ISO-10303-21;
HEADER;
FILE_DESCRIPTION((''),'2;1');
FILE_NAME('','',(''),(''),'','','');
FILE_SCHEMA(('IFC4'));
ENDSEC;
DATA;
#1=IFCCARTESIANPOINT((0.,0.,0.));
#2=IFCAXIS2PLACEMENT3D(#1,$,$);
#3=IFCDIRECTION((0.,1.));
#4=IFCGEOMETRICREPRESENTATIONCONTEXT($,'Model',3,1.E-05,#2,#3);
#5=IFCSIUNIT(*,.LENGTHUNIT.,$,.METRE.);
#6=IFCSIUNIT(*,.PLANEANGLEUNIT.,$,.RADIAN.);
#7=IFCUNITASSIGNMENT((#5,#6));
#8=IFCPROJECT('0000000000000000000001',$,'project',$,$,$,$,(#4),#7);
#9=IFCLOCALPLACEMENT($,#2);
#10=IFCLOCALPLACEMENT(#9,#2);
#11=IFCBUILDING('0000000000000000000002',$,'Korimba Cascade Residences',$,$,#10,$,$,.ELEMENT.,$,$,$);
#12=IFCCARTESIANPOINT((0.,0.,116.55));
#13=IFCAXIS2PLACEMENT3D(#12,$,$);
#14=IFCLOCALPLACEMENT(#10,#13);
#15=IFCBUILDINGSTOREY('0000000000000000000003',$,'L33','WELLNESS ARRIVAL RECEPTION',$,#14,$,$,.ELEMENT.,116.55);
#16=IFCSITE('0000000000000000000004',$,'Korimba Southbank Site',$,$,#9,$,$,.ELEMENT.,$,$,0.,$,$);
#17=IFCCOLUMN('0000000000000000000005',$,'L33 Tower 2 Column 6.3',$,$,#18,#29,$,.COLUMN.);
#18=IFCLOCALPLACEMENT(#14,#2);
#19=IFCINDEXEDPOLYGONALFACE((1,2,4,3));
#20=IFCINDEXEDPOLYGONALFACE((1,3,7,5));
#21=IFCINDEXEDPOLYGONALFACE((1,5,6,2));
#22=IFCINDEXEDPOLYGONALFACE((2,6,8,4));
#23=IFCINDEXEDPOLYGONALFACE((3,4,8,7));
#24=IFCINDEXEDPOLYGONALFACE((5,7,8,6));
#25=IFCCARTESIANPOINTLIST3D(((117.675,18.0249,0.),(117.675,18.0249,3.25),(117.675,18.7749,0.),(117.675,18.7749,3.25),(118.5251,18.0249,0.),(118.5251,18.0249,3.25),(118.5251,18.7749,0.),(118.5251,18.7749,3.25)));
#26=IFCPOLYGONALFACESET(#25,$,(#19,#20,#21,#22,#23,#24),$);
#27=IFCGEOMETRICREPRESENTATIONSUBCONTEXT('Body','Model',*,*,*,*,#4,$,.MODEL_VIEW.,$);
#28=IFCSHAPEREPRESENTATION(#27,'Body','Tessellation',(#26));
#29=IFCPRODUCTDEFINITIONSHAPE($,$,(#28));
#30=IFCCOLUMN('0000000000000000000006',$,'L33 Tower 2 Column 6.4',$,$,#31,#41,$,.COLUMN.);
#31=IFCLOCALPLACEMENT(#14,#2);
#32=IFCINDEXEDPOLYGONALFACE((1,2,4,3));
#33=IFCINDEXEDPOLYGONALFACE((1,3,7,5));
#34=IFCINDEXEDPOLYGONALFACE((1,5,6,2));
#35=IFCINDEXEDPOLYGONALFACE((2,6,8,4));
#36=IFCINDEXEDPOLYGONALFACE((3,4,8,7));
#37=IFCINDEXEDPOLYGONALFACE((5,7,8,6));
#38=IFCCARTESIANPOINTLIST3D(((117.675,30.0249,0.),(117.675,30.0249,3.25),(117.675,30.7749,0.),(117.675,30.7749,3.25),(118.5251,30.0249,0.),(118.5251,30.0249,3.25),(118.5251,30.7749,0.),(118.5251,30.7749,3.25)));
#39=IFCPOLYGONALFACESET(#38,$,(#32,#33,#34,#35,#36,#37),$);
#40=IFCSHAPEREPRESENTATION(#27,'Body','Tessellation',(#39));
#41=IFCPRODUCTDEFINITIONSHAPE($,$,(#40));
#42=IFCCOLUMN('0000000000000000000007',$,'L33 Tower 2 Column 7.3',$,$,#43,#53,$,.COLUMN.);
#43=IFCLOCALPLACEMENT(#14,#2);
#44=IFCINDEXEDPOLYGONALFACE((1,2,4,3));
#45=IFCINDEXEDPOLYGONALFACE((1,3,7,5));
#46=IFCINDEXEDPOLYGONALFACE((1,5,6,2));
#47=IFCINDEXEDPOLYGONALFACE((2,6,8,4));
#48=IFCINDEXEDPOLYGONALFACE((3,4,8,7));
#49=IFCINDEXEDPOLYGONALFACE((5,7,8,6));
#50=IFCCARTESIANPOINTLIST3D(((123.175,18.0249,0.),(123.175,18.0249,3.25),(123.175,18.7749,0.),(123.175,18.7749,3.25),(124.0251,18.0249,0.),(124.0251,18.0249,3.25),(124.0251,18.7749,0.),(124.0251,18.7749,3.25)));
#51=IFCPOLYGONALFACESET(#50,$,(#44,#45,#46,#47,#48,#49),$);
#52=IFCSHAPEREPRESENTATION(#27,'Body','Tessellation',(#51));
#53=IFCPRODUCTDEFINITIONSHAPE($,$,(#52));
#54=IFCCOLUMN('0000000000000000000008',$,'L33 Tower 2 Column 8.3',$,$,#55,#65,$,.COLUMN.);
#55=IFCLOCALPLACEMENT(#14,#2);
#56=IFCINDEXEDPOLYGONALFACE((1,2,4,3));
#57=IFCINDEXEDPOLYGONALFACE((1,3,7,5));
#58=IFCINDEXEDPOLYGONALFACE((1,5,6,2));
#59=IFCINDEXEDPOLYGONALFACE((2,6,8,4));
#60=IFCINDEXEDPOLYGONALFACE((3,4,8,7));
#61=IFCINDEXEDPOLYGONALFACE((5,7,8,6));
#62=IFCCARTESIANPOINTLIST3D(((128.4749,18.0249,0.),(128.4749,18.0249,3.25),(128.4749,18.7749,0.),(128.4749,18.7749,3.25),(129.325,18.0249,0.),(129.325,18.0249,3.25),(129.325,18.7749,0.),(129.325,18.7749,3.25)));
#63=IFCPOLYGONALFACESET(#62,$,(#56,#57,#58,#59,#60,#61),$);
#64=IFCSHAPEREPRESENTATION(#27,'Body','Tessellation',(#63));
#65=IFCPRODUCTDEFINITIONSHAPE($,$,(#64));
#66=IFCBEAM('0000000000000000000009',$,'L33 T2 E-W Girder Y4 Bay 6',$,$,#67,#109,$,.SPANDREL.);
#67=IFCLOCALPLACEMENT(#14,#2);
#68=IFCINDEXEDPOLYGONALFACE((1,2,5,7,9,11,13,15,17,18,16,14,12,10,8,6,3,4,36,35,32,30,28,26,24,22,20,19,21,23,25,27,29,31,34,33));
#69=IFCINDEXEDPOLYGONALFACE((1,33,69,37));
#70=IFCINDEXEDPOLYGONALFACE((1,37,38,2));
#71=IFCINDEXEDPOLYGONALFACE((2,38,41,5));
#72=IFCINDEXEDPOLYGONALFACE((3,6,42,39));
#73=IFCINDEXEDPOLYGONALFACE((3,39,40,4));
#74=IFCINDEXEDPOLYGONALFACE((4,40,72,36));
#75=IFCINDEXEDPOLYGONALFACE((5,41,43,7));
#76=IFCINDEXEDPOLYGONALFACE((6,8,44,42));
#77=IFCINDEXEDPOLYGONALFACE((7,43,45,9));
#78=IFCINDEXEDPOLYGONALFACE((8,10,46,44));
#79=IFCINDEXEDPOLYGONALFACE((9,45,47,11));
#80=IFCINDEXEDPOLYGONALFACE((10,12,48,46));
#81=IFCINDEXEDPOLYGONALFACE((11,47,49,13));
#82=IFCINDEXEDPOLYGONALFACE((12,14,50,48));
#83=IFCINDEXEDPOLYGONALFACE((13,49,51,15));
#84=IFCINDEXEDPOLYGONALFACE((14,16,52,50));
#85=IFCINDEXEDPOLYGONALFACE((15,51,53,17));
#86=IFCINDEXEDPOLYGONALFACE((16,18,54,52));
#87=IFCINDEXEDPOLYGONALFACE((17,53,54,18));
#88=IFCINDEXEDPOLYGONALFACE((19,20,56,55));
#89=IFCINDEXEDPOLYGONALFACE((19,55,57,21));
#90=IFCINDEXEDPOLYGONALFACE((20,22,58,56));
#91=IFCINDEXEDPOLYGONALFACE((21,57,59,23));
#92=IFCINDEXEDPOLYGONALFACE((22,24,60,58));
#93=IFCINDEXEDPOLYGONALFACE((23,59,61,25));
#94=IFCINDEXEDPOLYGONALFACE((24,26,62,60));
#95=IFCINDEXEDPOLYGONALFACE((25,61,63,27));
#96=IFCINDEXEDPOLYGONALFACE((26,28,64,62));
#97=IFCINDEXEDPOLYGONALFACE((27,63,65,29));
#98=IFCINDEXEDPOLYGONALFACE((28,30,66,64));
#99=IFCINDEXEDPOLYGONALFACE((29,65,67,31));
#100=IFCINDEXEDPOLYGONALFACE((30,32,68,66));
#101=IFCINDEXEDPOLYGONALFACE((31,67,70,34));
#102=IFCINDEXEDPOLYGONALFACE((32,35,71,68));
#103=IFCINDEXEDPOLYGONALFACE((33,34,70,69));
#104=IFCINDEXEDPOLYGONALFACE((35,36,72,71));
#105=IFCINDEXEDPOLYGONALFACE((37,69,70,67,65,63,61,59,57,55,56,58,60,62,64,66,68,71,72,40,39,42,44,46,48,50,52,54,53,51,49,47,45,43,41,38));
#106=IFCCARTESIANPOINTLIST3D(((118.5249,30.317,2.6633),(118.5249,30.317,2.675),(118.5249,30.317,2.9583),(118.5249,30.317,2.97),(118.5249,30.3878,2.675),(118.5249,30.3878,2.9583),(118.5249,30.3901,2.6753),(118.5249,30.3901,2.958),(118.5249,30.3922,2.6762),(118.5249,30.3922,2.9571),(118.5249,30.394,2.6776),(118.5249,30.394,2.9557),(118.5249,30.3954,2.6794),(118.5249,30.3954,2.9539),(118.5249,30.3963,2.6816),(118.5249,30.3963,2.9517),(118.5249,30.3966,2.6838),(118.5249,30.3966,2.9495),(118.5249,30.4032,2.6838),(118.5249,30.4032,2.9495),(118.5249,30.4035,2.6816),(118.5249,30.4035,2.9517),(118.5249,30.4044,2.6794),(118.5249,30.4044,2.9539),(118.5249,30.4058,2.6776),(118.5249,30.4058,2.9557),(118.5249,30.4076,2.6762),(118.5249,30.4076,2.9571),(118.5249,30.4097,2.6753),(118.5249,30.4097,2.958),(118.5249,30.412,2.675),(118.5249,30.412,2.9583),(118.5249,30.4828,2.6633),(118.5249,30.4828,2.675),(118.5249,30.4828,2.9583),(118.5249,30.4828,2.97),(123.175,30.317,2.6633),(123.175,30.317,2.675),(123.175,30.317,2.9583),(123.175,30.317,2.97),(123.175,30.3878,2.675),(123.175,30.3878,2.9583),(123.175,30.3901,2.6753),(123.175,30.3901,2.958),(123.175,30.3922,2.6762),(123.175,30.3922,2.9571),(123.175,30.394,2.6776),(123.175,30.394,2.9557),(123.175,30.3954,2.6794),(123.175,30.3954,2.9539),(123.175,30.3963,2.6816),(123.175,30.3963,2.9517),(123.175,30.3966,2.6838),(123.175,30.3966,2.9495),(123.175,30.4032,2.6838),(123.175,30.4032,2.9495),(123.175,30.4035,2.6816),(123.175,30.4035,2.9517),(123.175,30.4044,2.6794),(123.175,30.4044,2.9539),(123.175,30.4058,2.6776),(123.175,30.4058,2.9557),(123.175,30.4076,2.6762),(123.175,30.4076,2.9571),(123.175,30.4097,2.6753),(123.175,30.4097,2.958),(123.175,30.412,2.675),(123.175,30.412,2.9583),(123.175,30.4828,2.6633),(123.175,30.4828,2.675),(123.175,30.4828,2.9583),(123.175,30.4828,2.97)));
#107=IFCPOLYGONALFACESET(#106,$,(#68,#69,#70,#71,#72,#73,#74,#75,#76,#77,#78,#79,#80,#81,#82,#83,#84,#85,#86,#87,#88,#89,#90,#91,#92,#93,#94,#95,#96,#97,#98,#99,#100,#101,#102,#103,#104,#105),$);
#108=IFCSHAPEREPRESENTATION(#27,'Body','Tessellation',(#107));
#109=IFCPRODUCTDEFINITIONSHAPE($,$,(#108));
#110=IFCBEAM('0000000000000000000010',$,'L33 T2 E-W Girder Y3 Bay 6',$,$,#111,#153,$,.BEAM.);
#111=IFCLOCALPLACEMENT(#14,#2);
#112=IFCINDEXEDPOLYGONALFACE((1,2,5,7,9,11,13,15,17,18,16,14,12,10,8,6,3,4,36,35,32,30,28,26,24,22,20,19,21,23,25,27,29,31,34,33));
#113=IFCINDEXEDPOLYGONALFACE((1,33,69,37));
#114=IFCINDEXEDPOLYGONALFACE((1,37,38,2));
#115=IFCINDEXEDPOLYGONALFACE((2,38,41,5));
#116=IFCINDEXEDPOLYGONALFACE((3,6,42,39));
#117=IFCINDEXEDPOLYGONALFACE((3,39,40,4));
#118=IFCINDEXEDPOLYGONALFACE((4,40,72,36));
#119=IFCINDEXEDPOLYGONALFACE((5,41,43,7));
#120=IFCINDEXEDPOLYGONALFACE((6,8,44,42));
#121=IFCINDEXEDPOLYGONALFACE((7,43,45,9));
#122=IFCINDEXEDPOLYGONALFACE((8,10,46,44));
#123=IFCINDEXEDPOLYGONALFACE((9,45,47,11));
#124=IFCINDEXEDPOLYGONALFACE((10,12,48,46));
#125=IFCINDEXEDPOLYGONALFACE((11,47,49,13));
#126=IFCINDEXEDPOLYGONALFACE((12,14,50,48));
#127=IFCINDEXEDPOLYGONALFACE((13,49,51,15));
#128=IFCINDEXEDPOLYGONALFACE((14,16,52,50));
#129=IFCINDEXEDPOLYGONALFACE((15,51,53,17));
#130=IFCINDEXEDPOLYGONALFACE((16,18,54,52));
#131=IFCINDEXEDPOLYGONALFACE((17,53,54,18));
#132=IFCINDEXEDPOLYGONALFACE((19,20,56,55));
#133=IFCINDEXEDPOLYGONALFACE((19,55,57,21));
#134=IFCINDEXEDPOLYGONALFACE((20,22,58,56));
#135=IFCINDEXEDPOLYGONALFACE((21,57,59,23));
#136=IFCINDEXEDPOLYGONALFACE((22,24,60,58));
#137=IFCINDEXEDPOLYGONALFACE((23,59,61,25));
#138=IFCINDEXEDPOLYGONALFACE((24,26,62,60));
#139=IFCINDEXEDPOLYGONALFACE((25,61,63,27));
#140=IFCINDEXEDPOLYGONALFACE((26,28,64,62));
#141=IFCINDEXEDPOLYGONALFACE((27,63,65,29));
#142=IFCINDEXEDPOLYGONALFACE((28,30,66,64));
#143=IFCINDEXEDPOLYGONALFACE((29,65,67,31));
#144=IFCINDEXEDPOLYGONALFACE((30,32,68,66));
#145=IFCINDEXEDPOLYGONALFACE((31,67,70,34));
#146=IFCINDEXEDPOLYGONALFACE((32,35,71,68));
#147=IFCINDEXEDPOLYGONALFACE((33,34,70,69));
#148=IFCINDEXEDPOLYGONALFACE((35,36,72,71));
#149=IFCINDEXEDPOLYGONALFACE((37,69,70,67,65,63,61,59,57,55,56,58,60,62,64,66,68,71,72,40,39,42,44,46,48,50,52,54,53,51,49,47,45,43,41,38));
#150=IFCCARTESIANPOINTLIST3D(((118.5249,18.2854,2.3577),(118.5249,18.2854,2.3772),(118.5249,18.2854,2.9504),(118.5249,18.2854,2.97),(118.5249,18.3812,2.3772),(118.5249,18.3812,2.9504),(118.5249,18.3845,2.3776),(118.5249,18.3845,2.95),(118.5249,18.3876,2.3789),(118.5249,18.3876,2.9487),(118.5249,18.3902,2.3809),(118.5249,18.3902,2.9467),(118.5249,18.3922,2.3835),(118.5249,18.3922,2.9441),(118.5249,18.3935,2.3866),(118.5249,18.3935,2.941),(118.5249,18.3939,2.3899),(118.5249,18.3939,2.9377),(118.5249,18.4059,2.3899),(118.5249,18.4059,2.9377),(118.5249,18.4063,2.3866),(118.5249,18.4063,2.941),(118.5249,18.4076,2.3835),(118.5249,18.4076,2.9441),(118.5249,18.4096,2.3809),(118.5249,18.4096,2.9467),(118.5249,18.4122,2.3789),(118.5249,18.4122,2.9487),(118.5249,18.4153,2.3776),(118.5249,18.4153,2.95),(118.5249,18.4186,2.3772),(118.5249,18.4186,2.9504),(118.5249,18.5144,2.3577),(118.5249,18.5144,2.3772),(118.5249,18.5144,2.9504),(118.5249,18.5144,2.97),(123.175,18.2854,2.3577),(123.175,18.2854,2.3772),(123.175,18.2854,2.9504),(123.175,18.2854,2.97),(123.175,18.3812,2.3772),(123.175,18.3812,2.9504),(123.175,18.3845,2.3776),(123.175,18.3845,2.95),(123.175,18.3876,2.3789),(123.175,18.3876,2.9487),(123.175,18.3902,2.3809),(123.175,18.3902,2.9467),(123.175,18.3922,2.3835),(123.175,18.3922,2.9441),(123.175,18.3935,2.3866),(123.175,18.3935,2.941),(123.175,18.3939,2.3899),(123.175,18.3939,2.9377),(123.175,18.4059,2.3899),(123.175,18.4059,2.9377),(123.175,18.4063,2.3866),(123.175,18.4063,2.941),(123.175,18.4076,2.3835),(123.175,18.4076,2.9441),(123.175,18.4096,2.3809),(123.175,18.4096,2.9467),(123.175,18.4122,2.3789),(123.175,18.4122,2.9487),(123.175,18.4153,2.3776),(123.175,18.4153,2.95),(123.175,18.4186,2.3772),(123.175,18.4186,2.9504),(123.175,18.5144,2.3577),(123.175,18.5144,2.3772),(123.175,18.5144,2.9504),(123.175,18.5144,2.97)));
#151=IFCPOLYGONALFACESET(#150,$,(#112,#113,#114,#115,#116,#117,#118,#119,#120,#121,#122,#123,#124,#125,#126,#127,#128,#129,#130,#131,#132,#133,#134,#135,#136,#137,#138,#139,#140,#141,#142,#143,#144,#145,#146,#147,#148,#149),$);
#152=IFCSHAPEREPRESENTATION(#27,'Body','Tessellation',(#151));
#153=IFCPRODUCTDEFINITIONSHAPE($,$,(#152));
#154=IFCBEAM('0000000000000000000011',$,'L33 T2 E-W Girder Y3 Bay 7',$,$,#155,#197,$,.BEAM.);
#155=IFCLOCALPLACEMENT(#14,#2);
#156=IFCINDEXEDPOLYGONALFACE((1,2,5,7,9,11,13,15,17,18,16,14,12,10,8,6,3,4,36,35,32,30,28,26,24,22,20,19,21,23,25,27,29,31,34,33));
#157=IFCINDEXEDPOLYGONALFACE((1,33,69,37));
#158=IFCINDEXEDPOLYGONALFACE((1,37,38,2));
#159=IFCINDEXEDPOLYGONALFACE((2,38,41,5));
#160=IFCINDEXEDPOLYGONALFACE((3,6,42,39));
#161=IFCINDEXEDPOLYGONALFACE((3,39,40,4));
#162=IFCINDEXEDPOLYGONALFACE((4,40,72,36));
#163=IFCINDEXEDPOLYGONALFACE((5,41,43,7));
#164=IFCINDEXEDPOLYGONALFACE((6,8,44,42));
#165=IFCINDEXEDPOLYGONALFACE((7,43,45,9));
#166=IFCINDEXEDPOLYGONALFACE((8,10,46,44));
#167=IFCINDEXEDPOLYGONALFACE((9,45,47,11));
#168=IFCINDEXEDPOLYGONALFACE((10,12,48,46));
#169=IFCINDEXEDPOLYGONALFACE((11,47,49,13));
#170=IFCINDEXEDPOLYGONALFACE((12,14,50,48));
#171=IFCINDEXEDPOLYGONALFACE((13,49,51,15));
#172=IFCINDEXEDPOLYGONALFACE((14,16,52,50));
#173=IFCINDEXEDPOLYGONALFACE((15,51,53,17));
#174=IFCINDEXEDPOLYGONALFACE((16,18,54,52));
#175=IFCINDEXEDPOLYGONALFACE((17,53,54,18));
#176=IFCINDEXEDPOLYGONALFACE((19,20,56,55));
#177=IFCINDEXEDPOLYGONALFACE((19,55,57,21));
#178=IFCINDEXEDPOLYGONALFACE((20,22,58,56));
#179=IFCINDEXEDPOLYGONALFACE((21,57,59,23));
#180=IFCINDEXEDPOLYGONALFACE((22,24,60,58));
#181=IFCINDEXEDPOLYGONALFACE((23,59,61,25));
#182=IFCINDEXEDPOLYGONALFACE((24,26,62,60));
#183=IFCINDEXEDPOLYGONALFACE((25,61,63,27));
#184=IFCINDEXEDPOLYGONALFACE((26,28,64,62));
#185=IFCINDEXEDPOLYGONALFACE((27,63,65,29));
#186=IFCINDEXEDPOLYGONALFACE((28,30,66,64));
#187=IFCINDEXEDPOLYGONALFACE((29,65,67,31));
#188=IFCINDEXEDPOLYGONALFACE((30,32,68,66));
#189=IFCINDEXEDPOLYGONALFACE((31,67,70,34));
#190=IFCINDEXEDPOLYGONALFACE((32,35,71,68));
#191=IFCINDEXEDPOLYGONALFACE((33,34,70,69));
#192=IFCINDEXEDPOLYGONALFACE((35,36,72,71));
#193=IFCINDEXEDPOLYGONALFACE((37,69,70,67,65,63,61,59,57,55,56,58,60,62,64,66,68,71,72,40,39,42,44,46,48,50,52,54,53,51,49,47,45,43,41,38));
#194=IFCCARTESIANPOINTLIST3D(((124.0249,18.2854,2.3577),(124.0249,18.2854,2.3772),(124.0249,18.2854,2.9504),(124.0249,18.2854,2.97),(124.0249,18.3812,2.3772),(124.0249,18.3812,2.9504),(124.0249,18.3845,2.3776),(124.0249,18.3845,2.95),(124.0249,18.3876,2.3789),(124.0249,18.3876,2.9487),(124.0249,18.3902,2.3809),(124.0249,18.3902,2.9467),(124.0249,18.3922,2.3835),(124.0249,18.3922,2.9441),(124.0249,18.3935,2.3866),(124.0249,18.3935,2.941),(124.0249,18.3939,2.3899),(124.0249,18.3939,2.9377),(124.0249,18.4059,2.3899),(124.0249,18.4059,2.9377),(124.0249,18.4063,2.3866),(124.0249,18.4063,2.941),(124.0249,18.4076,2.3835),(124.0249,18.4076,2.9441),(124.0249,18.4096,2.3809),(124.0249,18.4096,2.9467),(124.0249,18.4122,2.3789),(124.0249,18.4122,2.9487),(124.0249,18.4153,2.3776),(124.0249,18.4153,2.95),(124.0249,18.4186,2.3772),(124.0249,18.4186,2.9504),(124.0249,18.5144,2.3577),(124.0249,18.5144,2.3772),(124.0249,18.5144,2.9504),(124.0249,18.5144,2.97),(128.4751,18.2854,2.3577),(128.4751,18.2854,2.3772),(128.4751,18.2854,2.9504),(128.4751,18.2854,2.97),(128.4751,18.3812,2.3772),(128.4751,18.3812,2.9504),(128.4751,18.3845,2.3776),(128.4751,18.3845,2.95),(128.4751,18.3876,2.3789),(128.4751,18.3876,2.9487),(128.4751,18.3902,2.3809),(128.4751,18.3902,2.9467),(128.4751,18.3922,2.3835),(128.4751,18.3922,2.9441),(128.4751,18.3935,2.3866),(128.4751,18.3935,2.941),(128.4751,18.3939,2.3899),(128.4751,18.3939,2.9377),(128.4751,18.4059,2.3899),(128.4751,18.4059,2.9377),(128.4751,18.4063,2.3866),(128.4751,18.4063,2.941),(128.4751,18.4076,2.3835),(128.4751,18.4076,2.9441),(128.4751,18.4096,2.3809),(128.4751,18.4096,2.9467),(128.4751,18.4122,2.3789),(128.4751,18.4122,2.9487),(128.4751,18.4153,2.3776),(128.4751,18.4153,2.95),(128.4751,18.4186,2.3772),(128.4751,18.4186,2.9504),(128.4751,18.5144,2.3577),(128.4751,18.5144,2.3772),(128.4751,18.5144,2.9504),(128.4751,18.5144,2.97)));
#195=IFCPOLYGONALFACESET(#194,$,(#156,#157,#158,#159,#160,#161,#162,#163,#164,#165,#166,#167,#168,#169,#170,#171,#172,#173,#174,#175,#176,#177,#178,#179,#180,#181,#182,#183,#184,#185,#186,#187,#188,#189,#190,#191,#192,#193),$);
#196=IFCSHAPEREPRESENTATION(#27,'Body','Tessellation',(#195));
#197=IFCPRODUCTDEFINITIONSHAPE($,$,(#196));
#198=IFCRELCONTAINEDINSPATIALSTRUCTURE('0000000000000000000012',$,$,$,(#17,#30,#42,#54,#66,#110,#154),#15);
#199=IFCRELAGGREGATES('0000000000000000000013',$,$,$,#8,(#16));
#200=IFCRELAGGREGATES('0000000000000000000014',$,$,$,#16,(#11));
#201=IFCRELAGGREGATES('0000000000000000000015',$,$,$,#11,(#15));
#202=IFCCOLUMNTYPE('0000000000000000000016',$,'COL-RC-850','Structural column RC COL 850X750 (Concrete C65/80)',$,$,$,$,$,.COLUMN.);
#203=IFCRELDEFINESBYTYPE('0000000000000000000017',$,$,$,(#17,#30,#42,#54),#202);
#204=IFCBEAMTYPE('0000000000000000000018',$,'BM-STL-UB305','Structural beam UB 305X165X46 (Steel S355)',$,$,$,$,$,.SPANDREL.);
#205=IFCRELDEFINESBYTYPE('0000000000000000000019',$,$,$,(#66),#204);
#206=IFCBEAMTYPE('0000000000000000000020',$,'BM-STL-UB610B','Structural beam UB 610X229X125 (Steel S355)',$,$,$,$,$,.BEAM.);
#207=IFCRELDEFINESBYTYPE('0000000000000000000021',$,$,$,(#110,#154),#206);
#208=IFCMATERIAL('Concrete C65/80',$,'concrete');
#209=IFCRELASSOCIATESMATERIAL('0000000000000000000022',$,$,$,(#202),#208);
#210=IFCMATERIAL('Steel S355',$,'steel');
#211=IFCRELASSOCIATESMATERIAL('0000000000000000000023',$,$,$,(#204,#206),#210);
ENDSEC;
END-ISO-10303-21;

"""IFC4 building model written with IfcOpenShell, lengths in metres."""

from ifc_helpers import new_model, si_unit, direction, frame, origin, origin_2d, place, context, subcontext, project, spatial, rectangle, i_section, extrude, material, material_profile, profile_set, type_object, element, save


model = new_model("IFC4")

# Units and contexts
model_context = context("Model", 3, precision=1e-05, world=origin(), true_north=direction((0.0, 1.0)))
body_context = subcontext(model_context, "Body", "Model", "MODEL_VIEW")
ifc_project = project(units=[si_unit("LENGTHUNIT", "METRE"), si_unit("PLANEANGLEUNIT", "RADIAN")], contexts=[model_context])

# Site, building, storey
site_placement = place(None, origin())
site = spatial("IfcSite", under=ifc_project, at=site_placement, Name="Korimba Southbank Site", CompositionType="ELEMENT", RefElevation=0.0)
building_placement = place(site_placement, origin())
building = spatial("IfcBuilding", under=site, at=building_placement, Name="Korimba Cascade Residences", CompositionType="ELEMENT")
storey_placement = place(building_placement, frame((0.0, 0.0, 116.55)))
storey = spatial("IfcBuildingStorey", under=building, at=storey_placement, Name="L33", Description="WELLNESS ARRIVAL RECEPTION", CompositionType="ELEMENT", Elevation=116.55)

# Columns
ifc_material_1 = material(Name="Concrete C65/80", Category="concrete")
ifc_material_profile_1 = material_profile(ifc_material_1, rectangle(XDim=0.8501, YDim=0.75, at=origin_2d()), Name="Concrete C65/80")
ifc_profile_set_1 = profile_set([ifc_material_profile_1], Name="Concrete C65/80")
column_type = type_object("IfcColumnType", Name="COL-RC-850", Description="Structural column RC COL 850X750 (Concrete C65/80)", PredefinedType="COLUMN", material=ifc_profile_set_1)
for number, where, z_axis, x_axis, name in (
    (1, (118.1001, 18.3999, 0.0), (0.0, 0.0, 1.0), (1.0, 0.0, 0.0), "L33 Tower 2 Column 6.3"),
    (2, (118.1001, 30.3999, 0.0), (0.0, 0.0, 1.0), (1.0, 0.0, 0.0), "L33 Tower 2 Column 6.4"),
    (3, (123.6001, 18.3999, 0.0), (0.0, 0.0, 1.0), (1.0, 0.0, 0.0), "L33 Tower 2 Column 7.3"),
    (4, (128.8999, 18.3999, 0.0), (0.0, 0.0, 1.0), (1.0, 0.0, 0.0), "L33 Tower 2 Column 8.3"),
):
    element("IfcColumn", number, at=place(storey_placement, frame(where, z_axis=z_axis, x_axis=x_axis)), inside=storey, type_object=column_type, Name=name, PredefinedType="COLUMN", context=body_context, shape_type="SweptSolid", body=[
        extrude(rectangle(XDim=0.8501, YDim=0.75, at=origin_2d()), origin(), (0.0, 0.0, 1.0), 3.25),
    ])

# Beams
ifc_material_2 = material(Name="Steel S355", Category="steel")
ifc_material_profile_2 = material_profile(ifc_material_2, i_section(OverallWidth=0.1658, OverallDepth=0.3066, WebThickness=0.0066, FlangeThickness=0.0117, FilletRadius=0.0088, at=origin_2d()), Name="Steel S355")
ifc_profile_set_2 = profile_set([ifc_material_profile_2], Name="Steel S355")
beam_type_1 = type_object("IfcBeamType", Name="BM-STL-UB305", Description="Structural beam UB 305X165X46 (Steel S355)", PredefinedType="SPANDREL", material=ifc_profile_set_2)
beam_1_placement = place(storey_placement, frame((118.5249, 30.3999, 2.8167), z_axis=(1.0, 0.0, 0.0), x_axis=(0.0, 1.0, 0.0)))
element("IfcBeam", 5, at=beam_1_placement, inside=storey, type_object=beam_type_1, Name="L33 T2 E-W Girder Y4 Bay 6", PredefinedType="SPANDREL", context=body_context, shape_type="SweptSolid", body=[
    extrude(i_section(OverallWidth=0.1658, OverallDepth=0.3066, WebThickness=0.0066, FlangeThickness=0.0117, FilletRadius=0.0088, at=origin_2d()), origin(), (0.0, 0.0, 1.0), 4.6501),
])
ifc_material_profile_3 = material_profile(ifc_material_2, i_section(OverallWidth=0.229, OverallDepth=0.6123, WebThickness=0.012, FlangeThickness=0.0195, FilletRadius=0.0127, at=origin_2d()), Name="Steel S355")
ifc_profile_set_3 = profile_set([ifc_material_profile_3], Name="Steel S355")
beam_type_2 = type_object("IfcBeamType", Name="BM-STL-UB610B", Description="Structural beam UB 610X229X125 (Steel S355)", PredefinedType="BEAM", material=ifc_profile_set_3)
beam_2_placement = place(storey_placement, frame((118.5249, 18.3999, 2.6638), z_axis=(1.0, 0.0, 0.0), x_axis=(0.0, 1.0, 0.0)))
element("IfcBeam", 6, at=beam_2_placement, inside=storey, type_object=beam_type_2, Name="L33 T2 E-W Girder Y3 Bay 6", PredefinedType="BEAM", context=body_context, shape_type="SweptSolid", body=[
    extrude(i_section(OverallWidth=0.229, OverallDepth=0.6123, WebThickness=0.012, FlangeThickness=0.0195, FilletRadius=0.0127, at=origin_2d()), origin(), (0.0, 0.0, 1.0), 4.6501),
])
beam_3_placement = place(storey_placement, frame((124.0249, 18.3999, 2.6638), z_axis=(1.0, 0.0, 0.0), x_axis=(0.0, 1.0, 0.0)))
element("IfcBeam", 7, at=beam_3_placement, inside=storey, type_object=beam_type_2, Name="L33 T2 E-W Girder Y3 Bay 7", PredefinedType="BEAM", context=body_context, shape_type="SweptSolid", body=[
    extrude(i_section(OverallWidth=0.229, OverallDepth=0.6123, WebThickness=0.012, FlangeThickness=0.0195, FilletRadius=0.0127, at=origin_2d()), origin(), (0.0, 0.0, 1.0), 4.4502),
])

save(model, "model.ifc")
